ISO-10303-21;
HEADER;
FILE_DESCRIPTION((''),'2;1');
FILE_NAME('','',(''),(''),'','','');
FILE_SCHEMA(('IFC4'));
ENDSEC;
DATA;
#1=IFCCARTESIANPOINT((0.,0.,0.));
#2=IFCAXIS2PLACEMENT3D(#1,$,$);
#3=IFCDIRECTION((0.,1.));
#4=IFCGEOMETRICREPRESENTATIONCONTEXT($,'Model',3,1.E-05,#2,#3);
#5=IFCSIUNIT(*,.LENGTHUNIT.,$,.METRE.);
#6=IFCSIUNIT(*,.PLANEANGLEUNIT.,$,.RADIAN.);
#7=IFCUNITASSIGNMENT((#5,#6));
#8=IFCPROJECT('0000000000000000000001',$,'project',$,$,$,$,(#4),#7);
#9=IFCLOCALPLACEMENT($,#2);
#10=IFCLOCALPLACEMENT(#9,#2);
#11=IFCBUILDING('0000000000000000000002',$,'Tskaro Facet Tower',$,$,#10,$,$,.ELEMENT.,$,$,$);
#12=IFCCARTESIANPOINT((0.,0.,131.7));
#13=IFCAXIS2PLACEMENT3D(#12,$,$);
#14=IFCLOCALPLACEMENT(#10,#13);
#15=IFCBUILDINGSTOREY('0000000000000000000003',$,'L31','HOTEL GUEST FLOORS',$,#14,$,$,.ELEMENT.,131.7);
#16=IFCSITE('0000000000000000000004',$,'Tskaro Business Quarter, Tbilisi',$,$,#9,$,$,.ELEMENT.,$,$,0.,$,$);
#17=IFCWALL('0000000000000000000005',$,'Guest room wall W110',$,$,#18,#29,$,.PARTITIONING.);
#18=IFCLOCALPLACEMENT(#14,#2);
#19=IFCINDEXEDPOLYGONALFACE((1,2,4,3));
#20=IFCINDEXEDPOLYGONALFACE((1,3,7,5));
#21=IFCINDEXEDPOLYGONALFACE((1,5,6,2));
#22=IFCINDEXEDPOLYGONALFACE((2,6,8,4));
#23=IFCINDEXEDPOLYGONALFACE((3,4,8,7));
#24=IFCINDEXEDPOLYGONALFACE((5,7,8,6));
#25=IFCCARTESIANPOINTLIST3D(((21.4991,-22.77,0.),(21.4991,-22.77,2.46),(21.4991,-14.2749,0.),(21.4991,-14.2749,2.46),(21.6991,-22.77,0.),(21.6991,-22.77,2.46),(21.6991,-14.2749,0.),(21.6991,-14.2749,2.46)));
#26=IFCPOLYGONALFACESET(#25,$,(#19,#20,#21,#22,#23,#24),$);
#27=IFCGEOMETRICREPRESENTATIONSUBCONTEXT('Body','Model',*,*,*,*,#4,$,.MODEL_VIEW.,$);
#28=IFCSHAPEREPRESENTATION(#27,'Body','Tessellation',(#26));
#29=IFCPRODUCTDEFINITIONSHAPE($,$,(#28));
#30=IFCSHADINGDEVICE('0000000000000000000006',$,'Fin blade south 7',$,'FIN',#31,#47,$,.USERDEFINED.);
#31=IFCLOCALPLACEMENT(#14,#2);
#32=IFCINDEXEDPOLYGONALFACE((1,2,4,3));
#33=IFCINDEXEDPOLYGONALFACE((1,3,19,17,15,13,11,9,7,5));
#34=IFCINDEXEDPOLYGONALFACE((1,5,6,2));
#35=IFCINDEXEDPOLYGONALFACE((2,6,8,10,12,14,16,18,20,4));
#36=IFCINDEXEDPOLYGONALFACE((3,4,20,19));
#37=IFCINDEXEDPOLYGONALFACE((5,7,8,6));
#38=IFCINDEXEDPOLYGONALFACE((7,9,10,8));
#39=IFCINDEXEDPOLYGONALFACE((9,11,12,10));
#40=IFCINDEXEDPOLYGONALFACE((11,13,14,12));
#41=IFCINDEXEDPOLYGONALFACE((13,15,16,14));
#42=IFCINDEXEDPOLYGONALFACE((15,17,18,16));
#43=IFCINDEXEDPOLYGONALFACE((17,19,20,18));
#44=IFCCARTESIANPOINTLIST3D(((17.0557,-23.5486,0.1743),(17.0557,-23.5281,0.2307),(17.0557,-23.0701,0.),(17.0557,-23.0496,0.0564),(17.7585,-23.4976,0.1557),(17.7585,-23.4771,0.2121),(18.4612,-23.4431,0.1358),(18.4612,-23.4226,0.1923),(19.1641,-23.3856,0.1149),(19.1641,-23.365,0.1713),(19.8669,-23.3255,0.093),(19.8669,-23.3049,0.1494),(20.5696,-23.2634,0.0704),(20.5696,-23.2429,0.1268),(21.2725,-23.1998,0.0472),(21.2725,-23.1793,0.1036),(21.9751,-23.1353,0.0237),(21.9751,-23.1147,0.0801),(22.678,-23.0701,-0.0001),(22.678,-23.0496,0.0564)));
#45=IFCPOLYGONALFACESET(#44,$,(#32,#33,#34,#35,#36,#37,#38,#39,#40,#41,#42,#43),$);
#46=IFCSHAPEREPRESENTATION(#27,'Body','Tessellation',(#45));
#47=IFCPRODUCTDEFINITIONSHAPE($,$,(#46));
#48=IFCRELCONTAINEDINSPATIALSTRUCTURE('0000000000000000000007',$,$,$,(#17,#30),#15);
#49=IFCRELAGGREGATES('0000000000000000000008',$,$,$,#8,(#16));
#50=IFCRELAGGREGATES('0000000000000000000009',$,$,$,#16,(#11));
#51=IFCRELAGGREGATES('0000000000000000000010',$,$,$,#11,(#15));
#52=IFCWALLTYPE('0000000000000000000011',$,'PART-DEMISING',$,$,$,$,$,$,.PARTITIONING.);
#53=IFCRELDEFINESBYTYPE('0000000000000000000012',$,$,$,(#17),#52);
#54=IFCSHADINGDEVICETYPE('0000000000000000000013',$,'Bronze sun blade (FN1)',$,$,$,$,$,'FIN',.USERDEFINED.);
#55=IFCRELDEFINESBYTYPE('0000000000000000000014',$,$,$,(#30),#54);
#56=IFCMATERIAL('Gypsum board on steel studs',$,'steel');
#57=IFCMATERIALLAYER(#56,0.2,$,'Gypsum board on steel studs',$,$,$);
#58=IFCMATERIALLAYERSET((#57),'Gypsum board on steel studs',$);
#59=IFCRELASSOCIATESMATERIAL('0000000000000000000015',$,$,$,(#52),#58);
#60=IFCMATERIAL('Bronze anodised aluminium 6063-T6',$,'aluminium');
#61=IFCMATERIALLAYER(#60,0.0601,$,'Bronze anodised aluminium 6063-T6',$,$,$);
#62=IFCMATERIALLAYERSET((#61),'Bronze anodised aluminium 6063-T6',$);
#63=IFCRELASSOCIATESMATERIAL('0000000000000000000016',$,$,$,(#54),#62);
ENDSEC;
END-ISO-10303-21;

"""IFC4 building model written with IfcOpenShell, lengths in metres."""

from ifc_helpers import new_model, si_unit, direction, frame, frame_2d, origin, place, context, subcontext, project, spatial, polyline, rectangle, outline, extrude, material, layer, layer_set, type_object, element, save


model = new_model("IFC4")

# Units and contexts
model_context = context("Model", 3, precision=1e-05, world=origin(), true_north=direction((0.0, 1.0)))
body_context = subcontext(model_context, "Body", "Model", "MODEL_VIEW")
ifc_project = project(units=[si_unit("LENGTHUNIT", "METRE"), si_unit("PLANEANGLEUNIT", "RADIAN")], contexts=[model_context])

# Site, building, storey
site_placement = place(None, origin())
site = spatial("IfcSite", under=ifc_project, at=site_placement, Name="Tskaro Business Quarter, Tbilisi", CompositionType="ELEMENT", RefElevation=0.0)
building_placement = place(site_placement, origin())
building = spatial("IfcBuilding", under=site, at=building_placement, Name="Tskaro Facet Tower", CompositionType="ELEMENT")
storey_placement = place(building_placement, frame((0.0, 0.0, 131.7)))
storey = spatial("IfcBuildingStorey", under=building, at=storey_placement, Name="L31", Description="HOTEL GUEST FLOORS", CompositionType="ELEMENT", Elevation=131.7)

# Shared definitions
ifc_material_1 = material(Name="Bronze anodised aluminium 6063-T6", Category="aluminium")

# Shared definitions
ifc_material_2 = material(Name="Gypsum board on steel studs", Category="steel")

# Wall
ifc_layer_1 = layer(ifc_material_2, 0.2, Name="Gypsum board on steel studs")
ifc_layer_set_1 = layer_set([ifc_layer_1], Name="Gypsum board on steel studs")
wall_type_1 = type_object("IfcWallType", Name="PART-DEMISING", PredefinedType="PARTITIONING", material=ifc_layer_set_1)
wall_1_placement = place(storey_placement, frame((21.5991, -22.77, 0.0), z_axis=(0.0, 0.0, 1.0), x_axis=(0.0, 1.0, 0.0)))
element("IfcWall", 1, at=wall_1_placement, inside=storey, type_object=wall_type_1, Name="Guest room wall W110", PredefinedType="PARTITIONING", context=body_context, shape_type="SweptSolid", body=[
    extrude(rectangle(XDim=8.4951, YDim=0.2, at=frame_2d((4.2476, 0.0))), origin(), (0.0, 0.0, 1.0), 2.46),
])

# Shading device
ifc_layer_2 = layer(ifc_material_1, 0.0601, Name="Bronze anodised aluminium 6063-T6")
ifc_layer_set_2 = layer_set([ifc_layer_2], Name="Bronze anodised aluminium 6063-T6")
shading_device_type = type_object("IfcShadingDeviceType", Name="Bronze sun blade (FN1)", ElementType="FIN", PredefinedType="USERDEFINED", material=ifc_layer_set_2)
shading_device_1_placement = place(storey_placement, frame((17.0557, -23.0496, 0.0564), z_axis=(0.000004, 0.342241, 0.939612), x_axis=(1.0, -0.000001, -0.000004)))
element("IfcShadingDevice", 2, at=shading_device_1_placement, inside=storey, type_object=shading_device_type, Name="Fin blade south 7", ObjectType="FIN", PredefinedType="USERDEFINED", context=body_context, shape_type="SweptSolid", body=[
    extrude(outline(polyline([(0.0, 0.0), (5.6223, 0.0), (4.9194, -0.0694), (4.2168, -0.138), (3.5139, -0.2057), (2.8113, -0.2718), (2.1084, -0.3357), (1.4055, -0.397), (0.7029, -0.455), (0.0, -0.5093), (0.0, 0.0)])), origin(), (0.0, 0.0, -1.0), 0.0601),
])

save(model, "model.ifc")
